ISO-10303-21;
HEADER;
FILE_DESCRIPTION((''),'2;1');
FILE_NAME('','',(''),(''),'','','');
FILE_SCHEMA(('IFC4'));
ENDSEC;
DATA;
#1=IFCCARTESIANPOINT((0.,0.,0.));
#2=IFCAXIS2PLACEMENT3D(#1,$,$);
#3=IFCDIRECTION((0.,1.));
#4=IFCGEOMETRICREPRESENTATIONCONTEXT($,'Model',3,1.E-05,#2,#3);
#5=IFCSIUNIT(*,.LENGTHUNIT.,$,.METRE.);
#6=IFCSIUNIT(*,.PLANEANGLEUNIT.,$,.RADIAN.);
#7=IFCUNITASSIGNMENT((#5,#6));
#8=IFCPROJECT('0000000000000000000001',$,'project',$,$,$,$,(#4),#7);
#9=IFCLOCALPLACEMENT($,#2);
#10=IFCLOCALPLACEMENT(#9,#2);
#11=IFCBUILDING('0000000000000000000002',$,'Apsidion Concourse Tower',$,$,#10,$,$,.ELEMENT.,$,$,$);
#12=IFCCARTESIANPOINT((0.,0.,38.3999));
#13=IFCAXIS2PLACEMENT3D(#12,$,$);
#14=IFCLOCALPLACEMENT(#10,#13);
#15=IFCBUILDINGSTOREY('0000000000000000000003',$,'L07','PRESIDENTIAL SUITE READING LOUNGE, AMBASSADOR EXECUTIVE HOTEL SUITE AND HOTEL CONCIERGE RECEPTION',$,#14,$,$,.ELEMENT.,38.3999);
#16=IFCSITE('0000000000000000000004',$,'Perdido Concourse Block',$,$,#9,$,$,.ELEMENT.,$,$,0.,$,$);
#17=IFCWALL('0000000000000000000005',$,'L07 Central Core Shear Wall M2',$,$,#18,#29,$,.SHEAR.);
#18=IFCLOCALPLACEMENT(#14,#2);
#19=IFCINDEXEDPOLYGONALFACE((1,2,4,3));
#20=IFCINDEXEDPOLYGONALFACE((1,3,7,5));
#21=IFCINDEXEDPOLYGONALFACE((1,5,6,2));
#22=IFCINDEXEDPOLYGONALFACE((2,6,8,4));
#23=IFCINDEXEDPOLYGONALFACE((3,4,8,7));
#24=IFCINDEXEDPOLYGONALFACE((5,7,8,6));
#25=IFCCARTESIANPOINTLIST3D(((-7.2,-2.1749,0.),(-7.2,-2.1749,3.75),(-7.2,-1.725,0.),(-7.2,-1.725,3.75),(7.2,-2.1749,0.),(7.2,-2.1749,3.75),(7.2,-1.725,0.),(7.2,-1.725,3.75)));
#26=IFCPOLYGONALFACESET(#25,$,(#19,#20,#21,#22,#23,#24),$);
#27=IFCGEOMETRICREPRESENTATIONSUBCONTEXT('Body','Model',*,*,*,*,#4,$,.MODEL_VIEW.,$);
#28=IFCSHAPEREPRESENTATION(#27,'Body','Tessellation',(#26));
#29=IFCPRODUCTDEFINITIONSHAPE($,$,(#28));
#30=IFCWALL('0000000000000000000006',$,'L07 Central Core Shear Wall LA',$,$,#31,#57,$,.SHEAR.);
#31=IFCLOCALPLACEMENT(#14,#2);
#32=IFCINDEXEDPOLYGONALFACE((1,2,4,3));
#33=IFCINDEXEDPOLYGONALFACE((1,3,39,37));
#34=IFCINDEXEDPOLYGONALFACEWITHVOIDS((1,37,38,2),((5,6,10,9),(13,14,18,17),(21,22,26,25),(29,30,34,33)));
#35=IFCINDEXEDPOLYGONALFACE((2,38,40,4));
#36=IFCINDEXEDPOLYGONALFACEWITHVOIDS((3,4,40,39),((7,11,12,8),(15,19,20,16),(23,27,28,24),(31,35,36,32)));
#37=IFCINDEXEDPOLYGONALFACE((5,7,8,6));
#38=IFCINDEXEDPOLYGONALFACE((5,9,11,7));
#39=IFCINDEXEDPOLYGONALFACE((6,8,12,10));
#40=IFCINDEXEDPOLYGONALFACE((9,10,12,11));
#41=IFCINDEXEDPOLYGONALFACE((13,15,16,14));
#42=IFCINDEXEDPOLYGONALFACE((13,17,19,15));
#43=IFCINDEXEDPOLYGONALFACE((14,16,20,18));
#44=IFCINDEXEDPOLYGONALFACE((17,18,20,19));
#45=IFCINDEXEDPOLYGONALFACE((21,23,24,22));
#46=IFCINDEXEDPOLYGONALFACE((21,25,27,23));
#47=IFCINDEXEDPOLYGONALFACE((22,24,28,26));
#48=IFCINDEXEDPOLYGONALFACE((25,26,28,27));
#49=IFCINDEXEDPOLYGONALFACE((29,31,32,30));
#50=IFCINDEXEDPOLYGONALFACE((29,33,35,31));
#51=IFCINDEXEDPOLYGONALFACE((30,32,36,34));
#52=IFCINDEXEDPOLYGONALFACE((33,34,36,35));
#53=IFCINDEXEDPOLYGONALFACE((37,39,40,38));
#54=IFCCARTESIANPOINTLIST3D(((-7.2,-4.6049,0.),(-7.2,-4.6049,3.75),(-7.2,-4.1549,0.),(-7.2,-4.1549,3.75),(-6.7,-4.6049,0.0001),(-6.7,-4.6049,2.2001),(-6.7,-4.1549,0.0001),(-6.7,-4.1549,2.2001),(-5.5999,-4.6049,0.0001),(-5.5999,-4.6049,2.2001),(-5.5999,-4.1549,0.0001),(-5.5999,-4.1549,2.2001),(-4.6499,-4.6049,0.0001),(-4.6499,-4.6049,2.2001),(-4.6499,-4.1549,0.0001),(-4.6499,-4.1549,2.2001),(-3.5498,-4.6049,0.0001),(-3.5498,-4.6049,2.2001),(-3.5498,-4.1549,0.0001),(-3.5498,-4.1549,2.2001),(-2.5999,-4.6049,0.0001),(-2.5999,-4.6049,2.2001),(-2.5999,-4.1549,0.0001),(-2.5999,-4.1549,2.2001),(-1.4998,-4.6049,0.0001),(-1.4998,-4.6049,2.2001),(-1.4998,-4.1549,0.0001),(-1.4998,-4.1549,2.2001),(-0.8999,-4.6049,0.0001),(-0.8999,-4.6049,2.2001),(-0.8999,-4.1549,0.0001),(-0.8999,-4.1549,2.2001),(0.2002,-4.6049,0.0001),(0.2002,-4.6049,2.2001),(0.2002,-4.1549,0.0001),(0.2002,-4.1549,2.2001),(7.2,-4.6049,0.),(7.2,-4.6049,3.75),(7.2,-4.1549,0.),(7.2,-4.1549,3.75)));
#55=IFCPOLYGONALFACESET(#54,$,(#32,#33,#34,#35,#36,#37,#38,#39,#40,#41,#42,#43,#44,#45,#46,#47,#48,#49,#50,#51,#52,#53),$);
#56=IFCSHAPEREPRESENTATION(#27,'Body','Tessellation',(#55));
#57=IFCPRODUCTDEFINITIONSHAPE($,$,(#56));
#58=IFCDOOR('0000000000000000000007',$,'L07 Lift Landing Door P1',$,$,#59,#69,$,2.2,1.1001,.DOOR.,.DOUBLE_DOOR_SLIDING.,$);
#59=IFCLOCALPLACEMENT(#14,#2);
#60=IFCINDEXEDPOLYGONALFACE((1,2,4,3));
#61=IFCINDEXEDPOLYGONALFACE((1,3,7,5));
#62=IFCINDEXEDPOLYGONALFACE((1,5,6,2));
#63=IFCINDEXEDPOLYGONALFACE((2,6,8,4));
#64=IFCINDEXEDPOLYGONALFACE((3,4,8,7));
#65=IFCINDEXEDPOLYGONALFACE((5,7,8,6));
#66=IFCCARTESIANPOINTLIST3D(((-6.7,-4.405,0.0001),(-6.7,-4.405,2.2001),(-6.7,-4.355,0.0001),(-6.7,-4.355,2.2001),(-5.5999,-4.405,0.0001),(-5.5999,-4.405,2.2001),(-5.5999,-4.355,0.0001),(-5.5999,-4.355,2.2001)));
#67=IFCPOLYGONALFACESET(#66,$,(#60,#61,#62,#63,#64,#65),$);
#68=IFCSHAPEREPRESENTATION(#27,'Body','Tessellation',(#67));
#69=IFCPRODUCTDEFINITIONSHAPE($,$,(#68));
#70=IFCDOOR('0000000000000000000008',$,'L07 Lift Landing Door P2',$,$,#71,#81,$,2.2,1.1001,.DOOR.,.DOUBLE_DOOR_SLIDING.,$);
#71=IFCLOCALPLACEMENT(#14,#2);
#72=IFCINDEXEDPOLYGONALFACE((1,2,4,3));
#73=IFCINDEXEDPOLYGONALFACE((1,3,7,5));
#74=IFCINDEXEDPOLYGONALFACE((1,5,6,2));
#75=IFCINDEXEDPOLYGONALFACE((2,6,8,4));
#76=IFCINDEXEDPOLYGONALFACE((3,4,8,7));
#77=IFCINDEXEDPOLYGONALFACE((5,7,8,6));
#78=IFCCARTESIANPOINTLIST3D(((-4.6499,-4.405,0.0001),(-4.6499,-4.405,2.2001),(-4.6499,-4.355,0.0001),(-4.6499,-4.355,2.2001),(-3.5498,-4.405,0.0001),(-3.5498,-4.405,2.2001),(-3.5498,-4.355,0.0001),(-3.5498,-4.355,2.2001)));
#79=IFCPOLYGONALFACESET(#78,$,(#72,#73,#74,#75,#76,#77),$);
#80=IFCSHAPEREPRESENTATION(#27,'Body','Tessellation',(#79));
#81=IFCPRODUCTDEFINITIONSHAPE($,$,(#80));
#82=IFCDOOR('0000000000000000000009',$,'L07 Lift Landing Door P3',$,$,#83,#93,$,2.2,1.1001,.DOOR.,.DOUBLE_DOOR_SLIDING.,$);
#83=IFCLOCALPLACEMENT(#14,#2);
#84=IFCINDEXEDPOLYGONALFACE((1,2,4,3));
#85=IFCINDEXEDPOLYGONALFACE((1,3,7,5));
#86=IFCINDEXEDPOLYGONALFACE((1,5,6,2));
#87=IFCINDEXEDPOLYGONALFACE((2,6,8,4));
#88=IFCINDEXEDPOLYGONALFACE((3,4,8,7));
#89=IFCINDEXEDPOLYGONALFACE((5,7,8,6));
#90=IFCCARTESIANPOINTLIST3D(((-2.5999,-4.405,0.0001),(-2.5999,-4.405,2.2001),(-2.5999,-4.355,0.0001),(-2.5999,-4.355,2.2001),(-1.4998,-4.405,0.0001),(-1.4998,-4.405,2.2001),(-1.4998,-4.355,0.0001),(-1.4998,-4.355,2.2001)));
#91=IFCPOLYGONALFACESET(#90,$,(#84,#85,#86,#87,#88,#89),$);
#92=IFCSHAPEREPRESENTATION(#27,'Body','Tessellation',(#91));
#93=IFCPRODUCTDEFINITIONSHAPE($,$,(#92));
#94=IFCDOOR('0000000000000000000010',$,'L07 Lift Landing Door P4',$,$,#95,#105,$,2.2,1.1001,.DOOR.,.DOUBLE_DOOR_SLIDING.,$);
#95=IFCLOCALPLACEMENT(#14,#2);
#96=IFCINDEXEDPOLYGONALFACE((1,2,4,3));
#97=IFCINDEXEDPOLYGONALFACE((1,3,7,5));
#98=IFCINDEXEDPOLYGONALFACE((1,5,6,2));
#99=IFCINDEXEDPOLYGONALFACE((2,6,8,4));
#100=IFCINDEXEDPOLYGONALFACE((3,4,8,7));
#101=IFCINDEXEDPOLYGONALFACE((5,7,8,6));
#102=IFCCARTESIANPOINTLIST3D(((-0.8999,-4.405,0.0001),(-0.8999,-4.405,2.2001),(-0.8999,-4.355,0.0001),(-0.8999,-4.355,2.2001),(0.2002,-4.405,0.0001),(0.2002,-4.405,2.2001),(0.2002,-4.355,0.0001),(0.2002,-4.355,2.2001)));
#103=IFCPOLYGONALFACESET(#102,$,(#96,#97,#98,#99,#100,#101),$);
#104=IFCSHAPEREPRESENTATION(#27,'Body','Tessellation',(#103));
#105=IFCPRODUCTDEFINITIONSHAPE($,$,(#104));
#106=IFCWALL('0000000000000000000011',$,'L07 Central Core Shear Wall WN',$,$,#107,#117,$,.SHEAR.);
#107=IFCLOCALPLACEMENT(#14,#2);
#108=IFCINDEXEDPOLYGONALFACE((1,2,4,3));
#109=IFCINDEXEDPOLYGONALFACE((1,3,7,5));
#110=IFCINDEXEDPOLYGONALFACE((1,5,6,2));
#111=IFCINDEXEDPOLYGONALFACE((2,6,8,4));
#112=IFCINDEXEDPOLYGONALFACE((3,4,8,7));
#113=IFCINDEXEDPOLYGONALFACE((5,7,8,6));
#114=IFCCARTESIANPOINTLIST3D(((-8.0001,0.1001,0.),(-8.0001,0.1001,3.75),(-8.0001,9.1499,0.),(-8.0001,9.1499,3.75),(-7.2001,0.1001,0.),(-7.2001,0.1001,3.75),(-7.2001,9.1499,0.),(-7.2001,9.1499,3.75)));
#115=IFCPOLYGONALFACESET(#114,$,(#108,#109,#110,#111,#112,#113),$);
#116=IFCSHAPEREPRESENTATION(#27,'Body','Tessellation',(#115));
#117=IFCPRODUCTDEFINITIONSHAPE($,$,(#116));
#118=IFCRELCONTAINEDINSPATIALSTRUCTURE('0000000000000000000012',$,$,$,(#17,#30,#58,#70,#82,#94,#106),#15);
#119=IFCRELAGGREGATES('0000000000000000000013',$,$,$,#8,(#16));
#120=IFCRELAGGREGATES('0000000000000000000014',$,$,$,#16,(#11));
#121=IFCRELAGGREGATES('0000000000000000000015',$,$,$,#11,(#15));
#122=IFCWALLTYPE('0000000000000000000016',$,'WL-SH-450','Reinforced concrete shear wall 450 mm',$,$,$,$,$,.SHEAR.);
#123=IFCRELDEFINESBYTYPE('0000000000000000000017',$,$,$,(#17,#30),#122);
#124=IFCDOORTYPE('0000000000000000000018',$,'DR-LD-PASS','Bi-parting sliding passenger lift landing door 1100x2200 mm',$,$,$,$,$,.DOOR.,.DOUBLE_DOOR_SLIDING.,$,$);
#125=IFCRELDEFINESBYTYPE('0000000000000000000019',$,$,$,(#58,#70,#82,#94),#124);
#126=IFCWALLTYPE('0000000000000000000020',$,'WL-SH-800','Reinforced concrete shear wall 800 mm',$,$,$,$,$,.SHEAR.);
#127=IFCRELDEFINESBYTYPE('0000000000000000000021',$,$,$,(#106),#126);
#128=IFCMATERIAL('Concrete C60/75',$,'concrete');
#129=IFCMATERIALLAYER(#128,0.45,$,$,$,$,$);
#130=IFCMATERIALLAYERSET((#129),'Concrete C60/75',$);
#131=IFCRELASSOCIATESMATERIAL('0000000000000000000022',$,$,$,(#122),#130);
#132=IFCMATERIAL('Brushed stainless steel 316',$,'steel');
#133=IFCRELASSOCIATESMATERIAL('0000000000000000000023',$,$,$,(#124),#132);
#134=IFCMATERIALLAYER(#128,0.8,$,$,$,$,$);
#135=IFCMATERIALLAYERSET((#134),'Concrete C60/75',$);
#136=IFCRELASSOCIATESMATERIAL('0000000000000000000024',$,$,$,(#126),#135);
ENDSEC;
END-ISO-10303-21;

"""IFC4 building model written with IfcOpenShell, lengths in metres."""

from ifc_helpers import new_model, si_unit, direction, frame, frame_2d, origin, place, context, subcontext, project, spatial, rectangle, extrude, material, layer, layer_set, type_object, element, fill, save


model = new_model("IFC4")

# Units and contexts
model_context = context("Model", 3, precision=1e-05, world=origin(), true_north=direction((0.0, 1.0)))
body_context = subcontext(model_context, "Body", "Model", "MODEL_VIEW")
ifc_project = project(units=[si_unit("LENGTHUNIT", "METRE"), si_unit("PLANEANGLEUNIT", "RADIAN")], contexts=[model_context])

# Site, building, storey
site_placement = place(None, origin())
site = spatial("IfcSite", under=ifc_project, at=site_placement, Name="Perdido Concourse Block", CompositionType="ELEMENT", RefElevation=0.0)
building_placement = place(site_placement, origin())
building = spatial("IfcBuilding", under=site, at=building_placement, Name="Apsidion Concourse Tower", CompositionType="ELEMENT")
storey_placement = place(building_placement, frame((0.0, 0.0, 38.3999)))
storey = spatial("IfcBuildingStorey", under=building, at=storey_placement, Name="L07", Description="PRESIDENTIAL SUITE READING LOUNGE, AMBASSADOR EXECUTIVE HOTEL SUITE AND HOTEL CONCIERGE RECEPTION", CompositionType="ELEMENT", Elevation=38.3999)

# Shared definitions
ifc_material_1 = material(Name="Concrete C60/75", Category="concrete")

# Shared definitions
ifc_material_2 = material(Name="Brushed stainless steel 316", Category="steel")

# Shared definitions
ifc_layer_1 = layer(ifc_material_1, 0.45)
ifc_layer_set_1 = layer_set([ifc_layer_1], Name="Concrete C60/75")
wall_type_1 = type_object("IfcWallType", Name="WL-SH-450", Description="Reinforced concrete shear wall 450 mm", PredefinedType="SHEAR", material=ifc_layer_set_1)

# Wall
wall_1_placement = place(storey_placement, frame((-7.2, -1.95, 0.0), z_axis=(0.0, 0.0, 1.0), x_axis=(1.0, 0.0, 0.0)))
element("IfcWall", 1, at=wall_1_placement, inside=storey, type_object=wall_type_1, Name="L07 Central Core Shear Wall M2", PredefinedType="SHEAR", context=body_context, shape_type="SweptSolid", body=[
    extrude(rectangle(XDim=14.3999, YDim=0.45, at=frame_2d((7.2, 0.0))), origin(), (0.0, 0.0, 1.0), 3.75),
])

# Wall, openings, doors
wall_2_placement = place(storey_placement, frame((-7.2, -4.3799, 0.0), z_axis=(0.0, 0.0, 1.0), x_axis=(1.0, 0.0, 0.0)))
wall_2 = element("IfcWall", 2, at=wall_2_placement, inside=storey, type_object=wall_type_1, Name="L07 Central Core Shear Wall LA", PredefinedType="SHEAR", context=body_context, shape_type="SweptSolid", body=[
    extrude(rectangle(XDim=14.3999, YDim=0.45, at=frame_2d((7.2, 0.0))), origin(), (0.0, 0.0, 1.0), 3.75),
])
opening_1_placement = place(wall_2_placement, frame((0.5, 0.0, 0.0)))
opening_1 = element("IfcOpeningElement", 3, at=opening_1_placement, cuts=wall_2, PredefinedType="OPENING", context=body_context, shape_type="SweptSolid", body=[
    extrude(rectangle(XDim=1.1001, YDim=2.2, at=frame_2d((0.55, 1.1001))), frame((0.0, 0.2349, 0.0), z_axis=(0.0, -1.0, 0.0), x_axis=(1.0, 0.0, 0.0)), (0.0, 0.0, 1.0), 0.47),
])
opening_2_placement = place(wall_2_placement, frame((2.55, 0.0, 0.0)))
opening_2 = element("IfcOpeningElement", 4, at=opening_2_placement, cuts=wall_2, PredefinedType="OPENING", context=body_context, shape_type="SweptSolid", body=[
    extrude(rectangle(XDim=1.1001, YDim=2.2, at=frame_2d((0.55, 1.1001))), frame((0.0, 0.2349, 0.0), z_axis=(0.0, -1.0, 0.0), x_axis=(1.0, 0.0, 0.0)), (0.0, 0.0, 1.0), 0.47),
])
opening_3_placement = place(wall_2_placement, frame((4.6001, 0.0, 0.0)))
opening_3 = element("IfcOpeningElement", 5, at=opening_3_placement, cuts=wall_2, PredefinedType="OPENING", context=body_context, shape_type="SweptSolid", body=[
    extrude(rectangle(XDim=1.1001, YDim=2.2, at=frame_2d((0.55, 1.1001))), frame((0.0, 0.2349, 0.0), z_axis=(0.0, -1.0, 0.0), x_axis=(1.0, 0.0, 0.0)), (0.0, 0.0, 1.0), 0.47),
])
opening_4_placement = place(wall_2_placement, frame((6.3, 0.0, 0.0)))
opening_4 = element("IfcOpeningElement", 6, at=opening_4_placement, cuts=wall_2, PredefinedType="OPENING", context=body_context, shape_type="SweptSolid", body=[
    extrude(rectangle(XDim=1.1001, YDim=2.2, at=frame_2d((0.55, 1.1001))), frame((0.0, 0.2349, 0.0), z_axis=(0.0, -1.0, 0.0), x_axis=(1.0, 0.0, 0.0)), (0.0, 0.0, 1.0), 0.47),
])
door_type_1 = type_object("IfcDoorType", Name="DR-LD-PASS", Description="Bi-parting sliding passenger lift landing door 1100x2200 mm", OperationType="DOUBLE_DOOR_SLIDING", PredefinedType="DOOR", material=ifc_material_2)
door_1_placement = place(opening_1_placement, origin())
door_1 = element("IfcDoor", 7, at=door_1_placement, inside=storey, type_object=door_type_1, Name="L07 Lift Landing Door P1", OperationType="DOUBLE_DOOR_SLIDING", OverallHeight=2.2, OverallWidth=1.1001, PredefinedType="DOOR", context=body_context, shape_type="SweptSolid", body=[
    extrude(rectangle(XDim=1.1001, YDim=2.2, at=frame_2d((0.55, 1.1001))), frame((0.0, 0.0249, 0.0), z_axis=(0.0, -1.0, 0.0), x_axis=(1.0, 0.0, 0.0)), (0.0, 0.0, 1.0), 0.05),
])
fill(opening_1, door_1)
door_2_placement = place(opening_2_placement, origin())
door_2 = element("IfcDoor", 8, at=door_2_placement, inside=storey, type_object=door_type_1, Name="L07 Lift Landing Door P2", OperationType="DOUBLE_DOOR_SLIDING", OverallHeight=2.2, OverallWidth=1.1001, PredefinedType="DOOR", context=body_context, shape_type="SweptSolid", body=[
    extrude(rectangle(XDim=1.1001, YDim=2.2, at=frame_2d((0.55, 1.1001))), frame((0.0, 0.0249, 0.0), z_axis=(0.0, -1.0, 0.0), x_axis=(1.0, 0.0, 0.0)), (0.0, 0.0, 1.0), 0.05),
])
fill(opening_2, door_2)
door_3_placement = place(opening_3_placement, origin())
door_3 = element("IfcDoor", 9, at=door_3_placement, inside=storey, type_object=door_type_1, Name="L07 Lift Landing Door P3", OperationType="DOUBLE_DOOR_SLIDING", OverallHeight=2.2, OverallWidth=1.1001, PredefinedType="DOOR", context=body_context, shape_type="SweptSolid", body=[
    extrude(rectangle(XDim=1.1001, YDim=2.2, at=frame_2d((0.55, 1.1001))), frame((0.0, 0.0249, 0.0), z_axis=(0.0, -1.0, 0.0), x_axis=(1.0, 0.0, 0.0)), (0.0, 0.0, 1.0), 0.05),
])
fill(opening_3, door_3)
door_4_placement = place(opening_4_placement, origin())
door_4 = element("IfcDoor", 10, at=door_4_placement, inside=storey, type_object=door_type_1, Name="L07 Lift Landing Door P4", OperationType="DOUBLE_DOOR_SLIDING", OverallHeight=2.2, OverallWidth=1.1001, PredefinedType="DOOR", context=body_context, shape_type="SweptSolid", body=[
    extrude(rectangle(XDim=1.1001, YDim=2.2, at=frame_2d((0.55, 1.1001))), frame((0.0, 0.0249, 0.0), z_axis=(0.0, -1.0, 0.0), x_axis=(1.0, 0.0, 0.0)), (0.0, 0.0, 1.0), 0.05),
])
fill(opening_4, door_4)

# Wall
ifc_layer_2 = layer(ifc_material_1, 0.8)
ifc_layer_set_2 = layer_set([ifc_layer_2], Name="Concrete C60/75")
wall_type_2 = type_object("IfcWallType", Name="WL-SH-800", Description="Reinforced concrete shear wall 800 mm", PredefinedType="SHEAR", material=ifc_layer_set_2)
wall_3_placement = place(storey_placement, frame((-7.6001, 0.1001, 0.0), z_axis=(0.0, 0.0, 1.0), x_axis=(0.0, 1.0, 0.0)))
element("IfcWall", 11, at=wall_3_placement, inside=storey, type_object=wall_type_2, Name="L07 Central Core Shear Wall WN", PredefinedType="SHEAR", context=body_context, shape_type="SweptSolid", body=[
    extrude(rectangle(XDim=9.0498, YDim=0.8, at=frame_2d((4.5249, 0.0))), origin(), (0.0, 0.0, 1.0), 3.75),
])

save(model, "model.ifc")
